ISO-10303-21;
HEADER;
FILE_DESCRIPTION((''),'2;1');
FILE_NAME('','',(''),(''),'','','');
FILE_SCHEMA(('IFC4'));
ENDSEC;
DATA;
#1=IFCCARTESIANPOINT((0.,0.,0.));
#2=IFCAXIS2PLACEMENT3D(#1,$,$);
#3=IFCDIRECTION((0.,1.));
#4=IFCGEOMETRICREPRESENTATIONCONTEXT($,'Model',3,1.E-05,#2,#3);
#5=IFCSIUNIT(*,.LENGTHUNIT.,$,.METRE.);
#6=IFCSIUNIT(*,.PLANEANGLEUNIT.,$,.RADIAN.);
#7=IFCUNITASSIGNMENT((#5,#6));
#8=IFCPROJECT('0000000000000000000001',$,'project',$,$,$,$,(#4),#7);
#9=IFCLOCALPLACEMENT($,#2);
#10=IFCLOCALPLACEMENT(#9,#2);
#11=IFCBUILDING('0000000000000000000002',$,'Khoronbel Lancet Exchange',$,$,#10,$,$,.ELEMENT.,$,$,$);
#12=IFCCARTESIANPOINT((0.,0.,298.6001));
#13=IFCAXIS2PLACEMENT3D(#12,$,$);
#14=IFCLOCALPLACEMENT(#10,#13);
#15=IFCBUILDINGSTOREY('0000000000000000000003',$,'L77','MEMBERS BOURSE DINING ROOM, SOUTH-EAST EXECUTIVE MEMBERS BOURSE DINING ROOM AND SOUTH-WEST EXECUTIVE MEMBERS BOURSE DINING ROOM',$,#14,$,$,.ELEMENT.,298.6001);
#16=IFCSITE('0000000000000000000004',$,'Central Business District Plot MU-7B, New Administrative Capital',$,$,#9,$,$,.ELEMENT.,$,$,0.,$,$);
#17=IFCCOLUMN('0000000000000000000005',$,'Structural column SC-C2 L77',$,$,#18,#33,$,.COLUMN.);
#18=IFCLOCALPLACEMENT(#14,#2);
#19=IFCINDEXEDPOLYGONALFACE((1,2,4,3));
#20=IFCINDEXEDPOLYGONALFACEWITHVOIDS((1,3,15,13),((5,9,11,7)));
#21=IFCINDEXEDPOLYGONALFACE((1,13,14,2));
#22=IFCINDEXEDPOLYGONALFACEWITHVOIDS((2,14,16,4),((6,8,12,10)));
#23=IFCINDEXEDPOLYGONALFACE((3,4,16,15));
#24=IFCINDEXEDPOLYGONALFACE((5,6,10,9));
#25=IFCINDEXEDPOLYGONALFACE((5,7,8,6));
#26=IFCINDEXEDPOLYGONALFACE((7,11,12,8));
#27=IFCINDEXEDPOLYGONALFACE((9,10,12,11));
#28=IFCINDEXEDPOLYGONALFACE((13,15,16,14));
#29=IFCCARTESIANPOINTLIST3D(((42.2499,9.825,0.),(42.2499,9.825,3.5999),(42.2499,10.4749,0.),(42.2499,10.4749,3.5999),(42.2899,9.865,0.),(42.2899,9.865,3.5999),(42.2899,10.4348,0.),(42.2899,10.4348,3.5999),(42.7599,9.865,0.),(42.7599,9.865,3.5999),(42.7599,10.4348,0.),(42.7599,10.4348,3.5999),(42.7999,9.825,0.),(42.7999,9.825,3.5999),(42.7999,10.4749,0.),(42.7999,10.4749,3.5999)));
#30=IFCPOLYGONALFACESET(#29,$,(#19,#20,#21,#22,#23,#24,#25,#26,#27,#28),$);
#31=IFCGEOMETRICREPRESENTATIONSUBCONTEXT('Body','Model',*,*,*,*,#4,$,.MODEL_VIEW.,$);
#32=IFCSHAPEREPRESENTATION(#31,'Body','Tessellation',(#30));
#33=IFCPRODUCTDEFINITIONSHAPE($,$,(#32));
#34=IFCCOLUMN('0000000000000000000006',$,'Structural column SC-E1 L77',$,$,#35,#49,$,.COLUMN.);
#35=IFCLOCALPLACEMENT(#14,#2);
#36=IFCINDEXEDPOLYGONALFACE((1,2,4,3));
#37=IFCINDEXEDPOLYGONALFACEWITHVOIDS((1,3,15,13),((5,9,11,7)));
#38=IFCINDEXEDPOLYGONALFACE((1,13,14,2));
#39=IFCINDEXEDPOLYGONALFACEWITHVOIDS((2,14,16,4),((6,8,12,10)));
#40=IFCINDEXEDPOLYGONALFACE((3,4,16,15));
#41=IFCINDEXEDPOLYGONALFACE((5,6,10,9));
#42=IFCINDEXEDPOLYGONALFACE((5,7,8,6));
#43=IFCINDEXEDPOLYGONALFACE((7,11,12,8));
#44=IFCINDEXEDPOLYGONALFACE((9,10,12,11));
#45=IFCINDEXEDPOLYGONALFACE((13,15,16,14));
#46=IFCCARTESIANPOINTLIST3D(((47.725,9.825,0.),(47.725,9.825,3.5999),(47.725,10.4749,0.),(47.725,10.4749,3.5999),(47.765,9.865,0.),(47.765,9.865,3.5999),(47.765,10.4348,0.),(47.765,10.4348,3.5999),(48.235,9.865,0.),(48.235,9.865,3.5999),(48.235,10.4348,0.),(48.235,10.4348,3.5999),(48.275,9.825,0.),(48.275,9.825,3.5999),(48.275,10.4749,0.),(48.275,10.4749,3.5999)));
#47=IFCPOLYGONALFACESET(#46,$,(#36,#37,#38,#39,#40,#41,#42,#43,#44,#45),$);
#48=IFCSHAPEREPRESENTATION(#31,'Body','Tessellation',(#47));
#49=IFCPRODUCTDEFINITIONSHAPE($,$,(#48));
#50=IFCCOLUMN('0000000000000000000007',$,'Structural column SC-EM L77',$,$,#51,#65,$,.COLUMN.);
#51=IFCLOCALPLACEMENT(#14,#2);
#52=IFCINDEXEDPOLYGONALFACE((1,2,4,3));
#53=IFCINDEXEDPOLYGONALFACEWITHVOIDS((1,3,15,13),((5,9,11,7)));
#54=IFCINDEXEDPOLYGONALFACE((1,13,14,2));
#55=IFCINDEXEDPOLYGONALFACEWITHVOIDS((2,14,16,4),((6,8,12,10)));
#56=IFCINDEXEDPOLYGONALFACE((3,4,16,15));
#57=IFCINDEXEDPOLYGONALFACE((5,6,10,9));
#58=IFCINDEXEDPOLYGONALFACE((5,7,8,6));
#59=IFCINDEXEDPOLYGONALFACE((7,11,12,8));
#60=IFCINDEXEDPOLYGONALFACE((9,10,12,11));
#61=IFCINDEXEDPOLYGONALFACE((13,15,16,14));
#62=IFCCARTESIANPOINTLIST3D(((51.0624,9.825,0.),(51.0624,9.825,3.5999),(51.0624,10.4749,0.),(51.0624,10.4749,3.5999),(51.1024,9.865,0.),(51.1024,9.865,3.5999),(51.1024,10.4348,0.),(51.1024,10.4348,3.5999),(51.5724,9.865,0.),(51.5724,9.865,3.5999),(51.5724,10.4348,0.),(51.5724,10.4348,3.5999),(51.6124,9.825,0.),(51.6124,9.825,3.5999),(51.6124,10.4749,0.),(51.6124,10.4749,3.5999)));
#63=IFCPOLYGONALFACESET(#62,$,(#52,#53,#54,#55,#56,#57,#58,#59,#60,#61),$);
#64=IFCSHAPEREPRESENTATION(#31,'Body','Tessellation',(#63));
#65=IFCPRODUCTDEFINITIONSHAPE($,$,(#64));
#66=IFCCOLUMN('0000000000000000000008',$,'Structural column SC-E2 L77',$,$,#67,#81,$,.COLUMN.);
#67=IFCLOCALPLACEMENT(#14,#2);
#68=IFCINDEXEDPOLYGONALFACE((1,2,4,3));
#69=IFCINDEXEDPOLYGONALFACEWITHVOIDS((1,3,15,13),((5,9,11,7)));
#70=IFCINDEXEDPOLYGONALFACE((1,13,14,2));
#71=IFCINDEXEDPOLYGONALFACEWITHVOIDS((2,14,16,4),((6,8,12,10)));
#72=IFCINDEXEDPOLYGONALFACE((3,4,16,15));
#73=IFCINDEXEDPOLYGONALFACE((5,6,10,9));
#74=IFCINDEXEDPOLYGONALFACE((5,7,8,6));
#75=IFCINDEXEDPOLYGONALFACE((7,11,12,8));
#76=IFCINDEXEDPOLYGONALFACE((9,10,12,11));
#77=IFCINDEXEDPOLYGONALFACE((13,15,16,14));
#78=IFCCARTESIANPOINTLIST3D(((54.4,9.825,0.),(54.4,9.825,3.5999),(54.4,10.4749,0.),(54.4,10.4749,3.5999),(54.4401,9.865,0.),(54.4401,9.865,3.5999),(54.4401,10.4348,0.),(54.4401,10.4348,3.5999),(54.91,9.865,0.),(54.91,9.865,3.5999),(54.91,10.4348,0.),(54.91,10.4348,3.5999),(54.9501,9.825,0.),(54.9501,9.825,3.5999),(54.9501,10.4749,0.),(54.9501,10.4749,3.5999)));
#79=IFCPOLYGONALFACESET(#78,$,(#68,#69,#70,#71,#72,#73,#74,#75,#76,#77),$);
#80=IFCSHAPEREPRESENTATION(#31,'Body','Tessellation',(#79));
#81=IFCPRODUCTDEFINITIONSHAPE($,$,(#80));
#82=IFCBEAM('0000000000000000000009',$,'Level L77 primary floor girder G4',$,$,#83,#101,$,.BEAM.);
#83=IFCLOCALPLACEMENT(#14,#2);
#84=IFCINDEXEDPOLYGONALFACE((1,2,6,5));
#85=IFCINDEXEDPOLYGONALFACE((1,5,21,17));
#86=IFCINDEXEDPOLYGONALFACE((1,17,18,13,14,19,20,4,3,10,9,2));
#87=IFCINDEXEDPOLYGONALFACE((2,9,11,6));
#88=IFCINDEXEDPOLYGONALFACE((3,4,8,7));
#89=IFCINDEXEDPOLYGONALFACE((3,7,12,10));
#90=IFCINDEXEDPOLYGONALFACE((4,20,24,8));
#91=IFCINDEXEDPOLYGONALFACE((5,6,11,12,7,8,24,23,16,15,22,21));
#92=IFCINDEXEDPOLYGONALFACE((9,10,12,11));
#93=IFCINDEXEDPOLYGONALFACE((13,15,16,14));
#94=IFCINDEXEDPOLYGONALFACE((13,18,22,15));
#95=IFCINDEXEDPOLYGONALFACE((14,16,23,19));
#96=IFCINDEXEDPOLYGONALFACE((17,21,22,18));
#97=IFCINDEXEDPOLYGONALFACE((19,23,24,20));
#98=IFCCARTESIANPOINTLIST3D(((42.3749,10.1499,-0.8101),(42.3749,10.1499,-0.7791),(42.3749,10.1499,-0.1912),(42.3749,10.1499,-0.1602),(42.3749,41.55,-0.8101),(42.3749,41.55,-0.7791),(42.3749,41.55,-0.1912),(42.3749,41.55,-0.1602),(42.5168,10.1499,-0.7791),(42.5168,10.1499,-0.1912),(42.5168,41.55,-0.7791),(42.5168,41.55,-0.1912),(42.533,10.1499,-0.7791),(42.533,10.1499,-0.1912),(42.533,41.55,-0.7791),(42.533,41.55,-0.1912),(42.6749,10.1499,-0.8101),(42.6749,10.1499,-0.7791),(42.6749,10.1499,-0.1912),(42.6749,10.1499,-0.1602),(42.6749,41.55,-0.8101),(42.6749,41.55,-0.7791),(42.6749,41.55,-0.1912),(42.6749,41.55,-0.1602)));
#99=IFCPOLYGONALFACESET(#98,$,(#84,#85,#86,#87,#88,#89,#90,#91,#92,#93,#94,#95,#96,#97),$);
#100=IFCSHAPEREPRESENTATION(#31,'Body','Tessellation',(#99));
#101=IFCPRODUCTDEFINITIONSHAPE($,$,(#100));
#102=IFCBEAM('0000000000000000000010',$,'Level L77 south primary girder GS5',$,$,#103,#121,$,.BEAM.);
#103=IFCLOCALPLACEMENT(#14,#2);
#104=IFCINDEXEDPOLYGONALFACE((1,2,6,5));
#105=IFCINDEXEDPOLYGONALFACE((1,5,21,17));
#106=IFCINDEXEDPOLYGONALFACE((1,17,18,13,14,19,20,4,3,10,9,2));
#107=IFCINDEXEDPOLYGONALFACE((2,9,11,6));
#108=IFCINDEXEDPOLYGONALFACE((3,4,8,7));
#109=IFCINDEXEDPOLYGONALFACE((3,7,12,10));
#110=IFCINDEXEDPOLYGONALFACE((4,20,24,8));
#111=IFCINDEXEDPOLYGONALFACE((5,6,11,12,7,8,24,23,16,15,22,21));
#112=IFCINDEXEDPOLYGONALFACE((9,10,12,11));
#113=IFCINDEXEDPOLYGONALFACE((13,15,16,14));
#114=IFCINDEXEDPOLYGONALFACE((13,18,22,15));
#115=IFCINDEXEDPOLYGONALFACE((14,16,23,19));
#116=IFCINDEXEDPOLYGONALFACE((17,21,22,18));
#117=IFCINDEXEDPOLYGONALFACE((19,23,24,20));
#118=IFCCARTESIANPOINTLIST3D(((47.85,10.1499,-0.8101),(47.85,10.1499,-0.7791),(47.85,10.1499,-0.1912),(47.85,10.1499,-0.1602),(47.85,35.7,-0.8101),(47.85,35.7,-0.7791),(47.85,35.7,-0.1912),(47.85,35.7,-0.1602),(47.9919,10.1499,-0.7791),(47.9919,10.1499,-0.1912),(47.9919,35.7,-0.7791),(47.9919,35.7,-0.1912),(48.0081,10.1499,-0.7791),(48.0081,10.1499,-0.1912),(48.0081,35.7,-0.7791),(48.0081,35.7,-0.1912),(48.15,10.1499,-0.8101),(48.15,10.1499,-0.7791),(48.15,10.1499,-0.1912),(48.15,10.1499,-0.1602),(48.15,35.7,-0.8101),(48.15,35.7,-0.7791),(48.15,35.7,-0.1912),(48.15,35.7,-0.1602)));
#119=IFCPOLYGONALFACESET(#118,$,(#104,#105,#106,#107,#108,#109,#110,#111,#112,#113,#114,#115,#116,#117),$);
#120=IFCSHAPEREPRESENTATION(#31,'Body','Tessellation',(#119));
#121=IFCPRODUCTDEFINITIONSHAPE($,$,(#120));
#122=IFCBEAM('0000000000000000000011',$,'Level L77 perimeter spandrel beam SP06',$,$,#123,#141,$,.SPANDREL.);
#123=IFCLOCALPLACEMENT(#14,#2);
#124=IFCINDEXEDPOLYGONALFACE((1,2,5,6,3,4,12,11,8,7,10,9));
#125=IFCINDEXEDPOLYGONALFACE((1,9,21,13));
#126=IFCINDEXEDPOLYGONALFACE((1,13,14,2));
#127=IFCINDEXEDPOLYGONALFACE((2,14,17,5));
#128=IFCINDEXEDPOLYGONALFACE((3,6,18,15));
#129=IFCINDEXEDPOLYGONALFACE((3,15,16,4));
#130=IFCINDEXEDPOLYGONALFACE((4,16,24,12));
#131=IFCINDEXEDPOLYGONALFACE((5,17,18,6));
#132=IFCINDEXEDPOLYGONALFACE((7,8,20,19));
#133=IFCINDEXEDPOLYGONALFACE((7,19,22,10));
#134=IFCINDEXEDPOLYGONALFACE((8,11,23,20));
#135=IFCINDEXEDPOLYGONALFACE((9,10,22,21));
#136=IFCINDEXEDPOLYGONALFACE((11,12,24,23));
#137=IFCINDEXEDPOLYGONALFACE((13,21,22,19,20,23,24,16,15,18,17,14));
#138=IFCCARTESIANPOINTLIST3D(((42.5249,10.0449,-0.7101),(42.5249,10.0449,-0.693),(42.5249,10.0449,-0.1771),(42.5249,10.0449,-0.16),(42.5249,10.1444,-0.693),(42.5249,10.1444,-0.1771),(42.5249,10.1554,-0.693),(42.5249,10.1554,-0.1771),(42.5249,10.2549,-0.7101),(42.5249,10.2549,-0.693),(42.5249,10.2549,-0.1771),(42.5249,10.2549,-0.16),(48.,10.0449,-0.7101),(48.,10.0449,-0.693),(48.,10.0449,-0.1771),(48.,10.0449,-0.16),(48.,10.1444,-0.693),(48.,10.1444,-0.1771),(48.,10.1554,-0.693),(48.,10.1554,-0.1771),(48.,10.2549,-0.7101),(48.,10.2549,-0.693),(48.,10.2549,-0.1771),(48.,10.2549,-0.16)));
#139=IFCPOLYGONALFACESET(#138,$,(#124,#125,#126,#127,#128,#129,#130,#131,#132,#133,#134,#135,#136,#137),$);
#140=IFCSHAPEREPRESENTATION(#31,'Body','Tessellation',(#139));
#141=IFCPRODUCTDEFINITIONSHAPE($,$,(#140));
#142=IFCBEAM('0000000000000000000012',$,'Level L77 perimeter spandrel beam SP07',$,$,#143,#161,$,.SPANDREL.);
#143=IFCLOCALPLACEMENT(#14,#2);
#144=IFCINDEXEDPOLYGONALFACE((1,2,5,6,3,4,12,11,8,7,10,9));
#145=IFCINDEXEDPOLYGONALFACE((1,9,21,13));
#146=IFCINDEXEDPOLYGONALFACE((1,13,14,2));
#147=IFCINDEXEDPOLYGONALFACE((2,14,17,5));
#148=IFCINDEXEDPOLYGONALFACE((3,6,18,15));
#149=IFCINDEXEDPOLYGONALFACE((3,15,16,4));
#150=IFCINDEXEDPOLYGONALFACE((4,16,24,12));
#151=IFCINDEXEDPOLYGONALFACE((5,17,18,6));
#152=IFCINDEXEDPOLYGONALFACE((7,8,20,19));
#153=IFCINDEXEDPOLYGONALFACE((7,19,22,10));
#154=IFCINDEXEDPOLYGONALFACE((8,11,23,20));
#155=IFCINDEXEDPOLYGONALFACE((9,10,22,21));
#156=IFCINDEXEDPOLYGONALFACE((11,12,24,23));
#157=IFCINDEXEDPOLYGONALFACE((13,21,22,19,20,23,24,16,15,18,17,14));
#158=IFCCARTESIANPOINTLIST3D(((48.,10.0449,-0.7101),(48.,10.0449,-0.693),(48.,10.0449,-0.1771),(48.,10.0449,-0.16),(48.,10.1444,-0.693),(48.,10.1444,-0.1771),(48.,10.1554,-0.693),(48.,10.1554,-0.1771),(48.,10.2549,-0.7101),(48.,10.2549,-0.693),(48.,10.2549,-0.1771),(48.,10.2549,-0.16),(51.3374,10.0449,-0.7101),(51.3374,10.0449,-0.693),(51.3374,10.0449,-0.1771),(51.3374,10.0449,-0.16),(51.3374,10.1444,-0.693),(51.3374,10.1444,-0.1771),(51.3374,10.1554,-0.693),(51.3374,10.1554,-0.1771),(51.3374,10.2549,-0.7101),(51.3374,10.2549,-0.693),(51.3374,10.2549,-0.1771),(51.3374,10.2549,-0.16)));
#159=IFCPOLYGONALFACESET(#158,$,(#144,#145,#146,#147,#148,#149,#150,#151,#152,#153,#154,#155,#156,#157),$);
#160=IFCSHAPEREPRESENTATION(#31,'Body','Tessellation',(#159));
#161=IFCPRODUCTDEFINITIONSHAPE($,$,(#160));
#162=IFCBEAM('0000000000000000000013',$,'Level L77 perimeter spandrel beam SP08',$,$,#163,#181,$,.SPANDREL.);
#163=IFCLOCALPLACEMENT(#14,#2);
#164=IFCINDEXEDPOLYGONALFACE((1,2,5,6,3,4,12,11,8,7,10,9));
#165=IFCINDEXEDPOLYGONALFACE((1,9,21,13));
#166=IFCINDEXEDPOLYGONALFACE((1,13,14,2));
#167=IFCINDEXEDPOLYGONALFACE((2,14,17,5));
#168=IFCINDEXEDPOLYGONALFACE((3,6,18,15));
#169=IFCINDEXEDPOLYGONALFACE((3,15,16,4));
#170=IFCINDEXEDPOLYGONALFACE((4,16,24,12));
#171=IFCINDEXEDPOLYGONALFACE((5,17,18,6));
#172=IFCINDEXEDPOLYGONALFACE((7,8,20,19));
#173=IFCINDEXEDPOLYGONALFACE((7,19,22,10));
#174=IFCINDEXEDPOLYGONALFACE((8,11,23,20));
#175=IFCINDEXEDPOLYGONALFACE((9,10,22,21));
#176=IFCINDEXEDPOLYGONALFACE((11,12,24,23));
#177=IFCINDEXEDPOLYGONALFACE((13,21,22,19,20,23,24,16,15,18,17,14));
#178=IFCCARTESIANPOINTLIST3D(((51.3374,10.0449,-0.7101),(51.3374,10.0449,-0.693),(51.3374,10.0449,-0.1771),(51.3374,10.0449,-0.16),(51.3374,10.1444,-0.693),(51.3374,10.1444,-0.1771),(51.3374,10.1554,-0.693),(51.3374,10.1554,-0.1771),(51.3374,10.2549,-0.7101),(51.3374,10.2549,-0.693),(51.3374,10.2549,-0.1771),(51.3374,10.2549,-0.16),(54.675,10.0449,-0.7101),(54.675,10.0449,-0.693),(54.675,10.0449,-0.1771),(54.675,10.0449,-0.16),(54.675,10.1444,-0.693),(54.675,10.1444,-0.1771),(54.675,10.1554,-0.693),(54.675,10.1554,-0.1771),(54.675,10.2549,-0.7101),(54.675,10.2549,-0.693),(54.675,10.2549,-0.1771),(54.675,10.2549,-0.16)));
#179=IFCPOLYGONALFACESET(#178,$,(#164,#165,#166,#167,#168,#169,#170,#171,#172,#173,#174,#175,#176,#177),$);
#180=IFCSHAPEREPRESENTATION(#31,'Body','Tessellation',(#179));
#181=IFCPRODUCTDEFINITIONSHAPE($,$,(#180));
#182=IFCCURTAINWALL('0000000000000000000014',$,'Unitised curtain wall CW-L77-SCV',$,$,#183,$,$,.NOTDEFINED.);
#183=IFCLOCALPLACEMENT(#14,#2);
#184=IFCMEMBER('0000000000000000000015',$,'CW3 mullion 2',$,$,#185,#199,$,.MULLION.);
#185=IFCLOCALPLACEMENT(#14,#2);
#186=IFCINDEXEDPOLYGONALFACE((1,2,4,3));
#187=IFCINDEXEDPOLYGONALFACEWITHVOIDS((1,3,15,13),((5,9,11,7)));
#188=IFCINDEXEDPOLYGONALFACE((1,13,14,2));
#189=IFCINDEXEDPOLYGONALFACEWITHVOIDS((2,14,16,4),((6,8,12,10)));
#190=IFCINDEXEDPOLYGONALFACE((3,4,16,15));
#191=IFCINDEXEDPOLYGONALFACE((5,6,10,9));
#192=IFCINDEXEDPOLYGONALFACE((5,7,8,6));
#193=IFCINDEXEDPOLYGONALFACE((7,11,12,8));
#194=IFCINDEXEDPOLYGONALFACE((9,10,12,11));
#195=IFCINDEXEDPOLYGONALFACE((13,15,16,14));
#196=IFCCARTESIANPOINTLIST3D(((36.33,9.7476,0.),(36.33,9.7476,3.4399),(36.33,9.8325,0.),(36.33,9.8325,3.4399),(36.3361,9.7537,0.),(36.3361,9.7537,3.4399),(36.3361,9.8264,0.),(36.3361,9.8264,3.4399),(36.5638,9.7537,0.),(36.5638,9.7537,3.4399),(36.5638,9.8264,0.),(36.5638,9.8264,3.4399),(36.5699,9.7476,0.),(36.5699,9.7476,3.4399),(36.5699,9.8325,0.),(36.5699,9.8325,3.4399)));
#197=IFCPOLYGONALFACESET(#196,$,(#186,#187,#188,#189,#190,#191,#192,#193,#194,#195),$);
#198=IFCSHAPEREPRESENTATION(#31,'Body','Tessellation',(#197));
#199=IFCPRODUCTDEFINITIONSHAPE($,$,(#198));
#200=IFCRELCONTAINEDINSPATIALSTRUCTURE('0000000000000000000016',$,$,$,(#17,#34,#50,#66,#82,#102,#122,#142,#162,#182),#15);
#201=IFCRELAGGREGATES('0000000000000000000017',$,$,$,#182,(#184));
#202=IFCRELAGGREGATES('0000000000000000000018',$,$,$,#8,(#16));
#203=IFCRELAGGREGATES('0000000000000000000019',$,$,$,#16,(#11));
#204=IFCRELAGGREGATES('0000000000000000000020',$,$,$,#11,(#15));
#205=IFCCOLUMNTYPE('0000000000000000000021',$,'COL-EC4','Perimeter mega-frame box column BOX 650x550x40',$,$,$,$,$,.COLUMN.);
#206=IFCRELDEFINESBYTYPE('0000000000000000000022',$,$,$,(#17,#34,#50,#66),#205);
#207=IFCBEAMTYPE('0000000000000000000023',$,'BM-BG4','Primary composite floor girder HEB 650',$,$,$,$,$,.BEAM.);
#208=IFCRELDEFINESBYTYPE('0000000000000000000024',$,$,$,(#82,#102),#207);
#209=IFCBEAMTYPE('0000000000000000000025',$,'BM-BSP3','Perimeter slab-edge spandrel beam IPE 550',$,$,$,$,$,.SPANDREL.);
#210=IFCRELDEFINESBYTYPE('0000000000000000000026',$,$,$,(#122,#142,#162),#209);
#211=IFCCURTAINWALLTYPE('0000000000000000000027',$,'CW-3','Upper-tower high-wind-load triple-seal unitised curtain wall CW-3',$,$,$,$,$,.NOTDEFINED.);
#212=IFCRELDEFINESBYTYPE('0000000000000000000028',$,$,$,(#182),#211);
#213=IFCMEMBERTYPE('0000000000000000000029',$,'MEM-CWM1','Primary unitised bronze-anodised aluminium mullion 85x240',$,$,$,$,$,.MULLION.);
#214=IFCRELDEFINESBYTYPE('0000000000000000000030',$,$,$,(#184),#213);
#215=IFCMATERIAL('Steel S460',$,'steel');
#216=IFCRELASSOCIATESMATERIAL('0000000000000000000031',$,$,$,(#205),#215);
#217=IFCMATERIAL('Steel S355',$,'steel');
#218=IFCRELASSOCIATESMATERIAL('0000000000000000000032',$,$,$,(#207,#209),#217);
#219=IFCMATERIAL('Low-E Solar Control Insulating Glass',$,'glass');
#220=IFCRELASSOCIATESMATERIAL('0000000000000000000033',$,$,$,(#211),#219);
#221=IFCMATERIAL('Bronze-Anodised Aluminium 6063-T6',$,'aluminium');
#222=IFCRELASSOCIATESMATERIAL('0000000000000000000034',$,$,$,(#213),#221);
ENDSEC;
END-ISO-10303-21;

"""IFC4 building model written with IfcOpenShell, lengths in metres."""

from ifc_helpers import new_model, si_unit, direction, frame, origin, origin_2d, place, context, subcontext, project, spatial, hollow_rectangle, i_section, extrude, material, material_profile, profile_set, type_object, element, aggregate, save


model = new_model("IFC4")

# Units and contexts
model_context = context("Model", 3, precision=1e-05, world=origin(), true_north=direction((0.0, 1.0)))
body_context = subcontext(model_context, "Body", "Model", "MODEL_VIEW")
ifc_project = project(units=[si_unit("LENGTHUNIT", "METRE"), si_unit("PLANEANGLEUNIT", "RADIAN")], contexts=[model_context])

# Site, building, storey
site_placement = place(None, origin())
site = spatial("IfcSite", under=ifc_project, at=site_placement, Name="Central Business District Plot MU-7B, New Administrative Capital", CompositionType="ELEMENT", RefElevation=0.0)
building_placement = place(site_placement, origin())
building = spatial("IfcBuilding", under=site, at=building_placement, Name="Khoronbel Lancet Exchange", CompositionType="ELEMENT")
storey_placement = place(building_placement, frame((0.0, 0.0, 298.6001)))
storey = spatial("IfcBuildingStorey", under=building, at=storey_placement, Name="L77", Description="MEMBERS BOURSE DINING ROOM, SOUTH-EAST EXECUTIVE MEMBERS BOURSE DINING ROOM AND SOUTH-WEST EXECUTIVE MEMBERS BOURSE DINING ROOM", CompositionType="ELEMENT", Elevation=298.6001)

# Columns
ifc_material_1 = material(Name="Steel S460", Category="steel")
ifc_material_profile_1 = material_profile(ifc_material_1, hollow_rectangle(XDim=0.55, YDim=0.6499, WallThickness=0.04, at=origin_2d()), Name="BOX 650x550x40")
ifc_profile_set_1 = profile_set([ifc_material_profile_1], Name="Steel S460")
column_type = type_object("IfcColumnType", Name="COL-EC4", Description="Perimeter mega-frame box column BOX 650x550x40", PredefinedType="COLUMN", material=ifc_profile_set_1)
for number, where, z_axis, x_axis, name in (
    (1, (42.5249, 10.1499, 0.0), (0.0, 0.0, 1.0), (1.0, 0.0, 0.0), "Structural column SC-C2 L77"),
    (2, (48.0, 10.1499, 0.0), (0.0, 0.0, 1.0), (1.0, 0.0, 0.0), "Structural column SC-E1 L77"),
    (3, (51.3374, 10.1499, 0.0), (0.0, 0.0, 1.0), (1.0, 0.0, 0.0), "Structural column SC-EM L77"),
    (4, (54.675, 10.1499, 0.0), (0.0, 0.0, 1.0), (1.0, 0.0, 0.0), "Structural column SC-E2 L77"),
):
    element("IfcColumn", number, at=place(storey_placement, frame(where, z_axis=z_axis, x_axis=x_axis)), inside=storey, type_object=column_type, Name=name, PredefinedType="COLUMN", context=body_context, shape_type="SweptSolid", body=[
        extrude(hollow_rectangle(XDim=0.55, YDim=0.6499, WallThickness=0.04, at=origin_2d()), origin(), (0.0, 0.0, 1.0), 3.5999),
    ])

# Beams
ifc_material_2 = material(Name="Steel S355", Category="steel")
ifc_material_profile_2 = material_profile(ifc_material_2, i_section(OverallWidth=0.3, OverallDepth=0.6499, WebThickness=0.0161, FlangeThickness=0.031, at=origin_2d()), Name="HEB 650")
ifc_profile_set_2 = profile_set([ifc_material_profile_2], Name="Steel S355")
beam_type_1 = type_object("IfcBeamType", Name="BM-BG4", Description="Primary composite floor girder HEB 650", PredefinedType="BEAM", material=ifc_profile_set_2)
beam_1_placement = place(storey_placement, frame((42.5249, 10.1499, -0.4851), z_axis=(0.0, 1.0, 0.0), x_axis=(-1.0, 0.0, 0.0)))
element("IfcBeam", 5, at=beam_1_placement, inside=storey, type_object=beam_type_1, Name="Level L77 primary floor girder G4", PredefinedType="BEAM", context=body_context, shape_type="SweptSolid", body=[
    extrude(i_section(OverallWidth=0.3, OverallDepth=0.6499, WebThickness=0.0161, FlangeThickness=0.031, at=origin_2d()), origin(), (0.0, 0.0, 1.0), 31.4001),
])
beam_2_placement = place(storey_placement, frame((48.0, 10.1499, -0.4851), z_axis=(0.0, 1.0, 0.0), x_axis=(-1.0, 0.0, 0.0)))
element("IfcBeam", 6, at=beam_2_placement, inside=storey, type_object=beam_type_1, Name="Level L77 south primary girder GS5", PredefinedType="BEAM", context=body_context, shape_type="SweptSolid", body=[
    extrude(i_section(OverallWidth=0.3, OverallDepth=0.6499, WebThickness=0.0161, FlangeThickness=0.031, at=origin_2d()), origin(), (0.0, 0.0, 1.0), 25.55),
])
ifc_material_profile_3 = material_profile(ifc_material_2, i_section(OverallWidth=0.21, OverallDepth=0.55, WebThickness=0.011, FlangeThickness=0.0171, at=origin_2d()), Name="IPE 550")
ifc_profile_set_3 = profile_set([ifc_material_profile_3], Name="Steel S355")
beam_type_2 = type_object("IfcBeamType", Name="BM-BSP3", Description="Perimeter slab-edge spandrel beam IPE 550", PredefinedType="SPANDREL", material=ifc_profile_set_3)
beam_3_placement = place(storey_placement, frame((42.5249, 10.1499, -0.4351), z_axis=(1.0, 0.0, 0.0), x_axis=(0.0, 1.0, 0.0)))
element("IfcBeam", 7, at=beam_3_placement, inside=storey, type_object=beam_type_2, Name="Level L77 perimeter spandrel beam SP06", PredefinedType="SPANDREL", context=body_context, shape_type="SweptSolid", body=[
    extrude(i_section(OverallWidth=0.21, OverallDepth=0.55, WebThickness=0.011, FlangeThickness=0.0171, at=origin_2d()), origin(), (0.0, 0.0, 1.0), 5.4751),
])
beam_4_placement = place(storey_placement, frame((48.0, 10.1499, -0.4351), z_axis=(1.0, 0.0, 0.0), x_axis=(0.0, 1.0, 0.0)))
element("IfcBeam", 8, at=beam_4_placement, inside=storey, type_object=beam_type_2, Name="Level L77 perimeter spandrel beam SP07", PredefinedType="SPANDREL", context=body_context, shape_type="SweptSolid", body=[
    extrude(i_section(OverallWidth=0.21, OverallDepth=0.55, WebThickness=0.011, FlangeThickness=0.0171, at=origin_2d()), origin(), (0.0, 0.0, 1.0), 3.3374),
])
beam_5_placement = place(storey_placement, frame((51.3374, 10.1499, -0.4351), z_axis=(1.0, 0.0, 0.0), x_axis=(0.0, 1.0, 0.0)))
element("IfcBeam", 9, at=beam_5_placement, inside=storey, type_object=beam_type_2, Name="Level L77 perimeter spandrel beam SP08", PredefinedType="SPANDREL", context=body_context, shape_type="SweptSolid", body=[
    extrude(i_section(OverallWidth=0.21, OverallDepth=0.55, WebThickness=0.011, FlangeThickness=0.0171, at=origin_2d()), origin(), (0.0, 0.0, 1.0), 3.3376),
])

# Curtain wall, member
ifc_material_3 = material(Name="Low-E Solar Control Insulating Glass", Category="glass")
curtain_wall_type = type_object("IfcCurtainWallType", Name="CW-3", Description="Upper-tower high-wind-load triple-seal unitised curtain wall CW-3", PredefinedType="NOTDEFINED", material=ifc_material_3)
curtain_wall_1_placement = place(storey_placement, origin())
curtain_wall_1 = element("IfcCurtainWall", 10, at=curtain_wall_1_placement, inside=storey, type_object=curtain_wall_type, Name="Unitised curtain wall CW-L77-SCV", PredefinedType="NOTDEFINED")
ifc_material_4 = material(Name="Bronze-Anodised Aluminium 6063-T6", Category="aluminium")
ifc_material_profile_4 = material_profile(ifc_material_4, hollow_rectangle(XDim=0.085, YDim=0.24, WallThickness=0.0061, at=origin_2d()), Name="ALU MULLION 85x240")
ifc_profile_set_4 = profile_set([ifc_material_profile_4], Name="Bronze-Anodised Aluminium 6063-T6")
member_type_1 = type_object("IfcMemberType", Name="MEM-CWM1", Description="Primary unitised bronze-anodised aluminium mullion 85x240", PredefinedType="MULLION", material=ifc_profile_set_4)
member_1_placement = place(storey_placement, frame((36.45, 9.79, 0.0), z_axis=(0.0, 0.0, 1.0), x_axis=(0.0, 1.0, 0.0)))
member_1 = element("IfcMember", 11, at=member_1_placement, type_object=member_type_1, Name="CW3 mullion 2", PredefinedType="MULLION", context=body_context, shape_type="SweptSolid", body=[
    extrude(hollow_rectangle(XDim=0.085, YDim=0.24, WallThickness=0.0061, at=origin_2d()), origin(), (0.0, 0.0, 1.0), 3.4399),
])

aggregate(curtain_wall_1, [member_1])

save(model, "model.ifc")
